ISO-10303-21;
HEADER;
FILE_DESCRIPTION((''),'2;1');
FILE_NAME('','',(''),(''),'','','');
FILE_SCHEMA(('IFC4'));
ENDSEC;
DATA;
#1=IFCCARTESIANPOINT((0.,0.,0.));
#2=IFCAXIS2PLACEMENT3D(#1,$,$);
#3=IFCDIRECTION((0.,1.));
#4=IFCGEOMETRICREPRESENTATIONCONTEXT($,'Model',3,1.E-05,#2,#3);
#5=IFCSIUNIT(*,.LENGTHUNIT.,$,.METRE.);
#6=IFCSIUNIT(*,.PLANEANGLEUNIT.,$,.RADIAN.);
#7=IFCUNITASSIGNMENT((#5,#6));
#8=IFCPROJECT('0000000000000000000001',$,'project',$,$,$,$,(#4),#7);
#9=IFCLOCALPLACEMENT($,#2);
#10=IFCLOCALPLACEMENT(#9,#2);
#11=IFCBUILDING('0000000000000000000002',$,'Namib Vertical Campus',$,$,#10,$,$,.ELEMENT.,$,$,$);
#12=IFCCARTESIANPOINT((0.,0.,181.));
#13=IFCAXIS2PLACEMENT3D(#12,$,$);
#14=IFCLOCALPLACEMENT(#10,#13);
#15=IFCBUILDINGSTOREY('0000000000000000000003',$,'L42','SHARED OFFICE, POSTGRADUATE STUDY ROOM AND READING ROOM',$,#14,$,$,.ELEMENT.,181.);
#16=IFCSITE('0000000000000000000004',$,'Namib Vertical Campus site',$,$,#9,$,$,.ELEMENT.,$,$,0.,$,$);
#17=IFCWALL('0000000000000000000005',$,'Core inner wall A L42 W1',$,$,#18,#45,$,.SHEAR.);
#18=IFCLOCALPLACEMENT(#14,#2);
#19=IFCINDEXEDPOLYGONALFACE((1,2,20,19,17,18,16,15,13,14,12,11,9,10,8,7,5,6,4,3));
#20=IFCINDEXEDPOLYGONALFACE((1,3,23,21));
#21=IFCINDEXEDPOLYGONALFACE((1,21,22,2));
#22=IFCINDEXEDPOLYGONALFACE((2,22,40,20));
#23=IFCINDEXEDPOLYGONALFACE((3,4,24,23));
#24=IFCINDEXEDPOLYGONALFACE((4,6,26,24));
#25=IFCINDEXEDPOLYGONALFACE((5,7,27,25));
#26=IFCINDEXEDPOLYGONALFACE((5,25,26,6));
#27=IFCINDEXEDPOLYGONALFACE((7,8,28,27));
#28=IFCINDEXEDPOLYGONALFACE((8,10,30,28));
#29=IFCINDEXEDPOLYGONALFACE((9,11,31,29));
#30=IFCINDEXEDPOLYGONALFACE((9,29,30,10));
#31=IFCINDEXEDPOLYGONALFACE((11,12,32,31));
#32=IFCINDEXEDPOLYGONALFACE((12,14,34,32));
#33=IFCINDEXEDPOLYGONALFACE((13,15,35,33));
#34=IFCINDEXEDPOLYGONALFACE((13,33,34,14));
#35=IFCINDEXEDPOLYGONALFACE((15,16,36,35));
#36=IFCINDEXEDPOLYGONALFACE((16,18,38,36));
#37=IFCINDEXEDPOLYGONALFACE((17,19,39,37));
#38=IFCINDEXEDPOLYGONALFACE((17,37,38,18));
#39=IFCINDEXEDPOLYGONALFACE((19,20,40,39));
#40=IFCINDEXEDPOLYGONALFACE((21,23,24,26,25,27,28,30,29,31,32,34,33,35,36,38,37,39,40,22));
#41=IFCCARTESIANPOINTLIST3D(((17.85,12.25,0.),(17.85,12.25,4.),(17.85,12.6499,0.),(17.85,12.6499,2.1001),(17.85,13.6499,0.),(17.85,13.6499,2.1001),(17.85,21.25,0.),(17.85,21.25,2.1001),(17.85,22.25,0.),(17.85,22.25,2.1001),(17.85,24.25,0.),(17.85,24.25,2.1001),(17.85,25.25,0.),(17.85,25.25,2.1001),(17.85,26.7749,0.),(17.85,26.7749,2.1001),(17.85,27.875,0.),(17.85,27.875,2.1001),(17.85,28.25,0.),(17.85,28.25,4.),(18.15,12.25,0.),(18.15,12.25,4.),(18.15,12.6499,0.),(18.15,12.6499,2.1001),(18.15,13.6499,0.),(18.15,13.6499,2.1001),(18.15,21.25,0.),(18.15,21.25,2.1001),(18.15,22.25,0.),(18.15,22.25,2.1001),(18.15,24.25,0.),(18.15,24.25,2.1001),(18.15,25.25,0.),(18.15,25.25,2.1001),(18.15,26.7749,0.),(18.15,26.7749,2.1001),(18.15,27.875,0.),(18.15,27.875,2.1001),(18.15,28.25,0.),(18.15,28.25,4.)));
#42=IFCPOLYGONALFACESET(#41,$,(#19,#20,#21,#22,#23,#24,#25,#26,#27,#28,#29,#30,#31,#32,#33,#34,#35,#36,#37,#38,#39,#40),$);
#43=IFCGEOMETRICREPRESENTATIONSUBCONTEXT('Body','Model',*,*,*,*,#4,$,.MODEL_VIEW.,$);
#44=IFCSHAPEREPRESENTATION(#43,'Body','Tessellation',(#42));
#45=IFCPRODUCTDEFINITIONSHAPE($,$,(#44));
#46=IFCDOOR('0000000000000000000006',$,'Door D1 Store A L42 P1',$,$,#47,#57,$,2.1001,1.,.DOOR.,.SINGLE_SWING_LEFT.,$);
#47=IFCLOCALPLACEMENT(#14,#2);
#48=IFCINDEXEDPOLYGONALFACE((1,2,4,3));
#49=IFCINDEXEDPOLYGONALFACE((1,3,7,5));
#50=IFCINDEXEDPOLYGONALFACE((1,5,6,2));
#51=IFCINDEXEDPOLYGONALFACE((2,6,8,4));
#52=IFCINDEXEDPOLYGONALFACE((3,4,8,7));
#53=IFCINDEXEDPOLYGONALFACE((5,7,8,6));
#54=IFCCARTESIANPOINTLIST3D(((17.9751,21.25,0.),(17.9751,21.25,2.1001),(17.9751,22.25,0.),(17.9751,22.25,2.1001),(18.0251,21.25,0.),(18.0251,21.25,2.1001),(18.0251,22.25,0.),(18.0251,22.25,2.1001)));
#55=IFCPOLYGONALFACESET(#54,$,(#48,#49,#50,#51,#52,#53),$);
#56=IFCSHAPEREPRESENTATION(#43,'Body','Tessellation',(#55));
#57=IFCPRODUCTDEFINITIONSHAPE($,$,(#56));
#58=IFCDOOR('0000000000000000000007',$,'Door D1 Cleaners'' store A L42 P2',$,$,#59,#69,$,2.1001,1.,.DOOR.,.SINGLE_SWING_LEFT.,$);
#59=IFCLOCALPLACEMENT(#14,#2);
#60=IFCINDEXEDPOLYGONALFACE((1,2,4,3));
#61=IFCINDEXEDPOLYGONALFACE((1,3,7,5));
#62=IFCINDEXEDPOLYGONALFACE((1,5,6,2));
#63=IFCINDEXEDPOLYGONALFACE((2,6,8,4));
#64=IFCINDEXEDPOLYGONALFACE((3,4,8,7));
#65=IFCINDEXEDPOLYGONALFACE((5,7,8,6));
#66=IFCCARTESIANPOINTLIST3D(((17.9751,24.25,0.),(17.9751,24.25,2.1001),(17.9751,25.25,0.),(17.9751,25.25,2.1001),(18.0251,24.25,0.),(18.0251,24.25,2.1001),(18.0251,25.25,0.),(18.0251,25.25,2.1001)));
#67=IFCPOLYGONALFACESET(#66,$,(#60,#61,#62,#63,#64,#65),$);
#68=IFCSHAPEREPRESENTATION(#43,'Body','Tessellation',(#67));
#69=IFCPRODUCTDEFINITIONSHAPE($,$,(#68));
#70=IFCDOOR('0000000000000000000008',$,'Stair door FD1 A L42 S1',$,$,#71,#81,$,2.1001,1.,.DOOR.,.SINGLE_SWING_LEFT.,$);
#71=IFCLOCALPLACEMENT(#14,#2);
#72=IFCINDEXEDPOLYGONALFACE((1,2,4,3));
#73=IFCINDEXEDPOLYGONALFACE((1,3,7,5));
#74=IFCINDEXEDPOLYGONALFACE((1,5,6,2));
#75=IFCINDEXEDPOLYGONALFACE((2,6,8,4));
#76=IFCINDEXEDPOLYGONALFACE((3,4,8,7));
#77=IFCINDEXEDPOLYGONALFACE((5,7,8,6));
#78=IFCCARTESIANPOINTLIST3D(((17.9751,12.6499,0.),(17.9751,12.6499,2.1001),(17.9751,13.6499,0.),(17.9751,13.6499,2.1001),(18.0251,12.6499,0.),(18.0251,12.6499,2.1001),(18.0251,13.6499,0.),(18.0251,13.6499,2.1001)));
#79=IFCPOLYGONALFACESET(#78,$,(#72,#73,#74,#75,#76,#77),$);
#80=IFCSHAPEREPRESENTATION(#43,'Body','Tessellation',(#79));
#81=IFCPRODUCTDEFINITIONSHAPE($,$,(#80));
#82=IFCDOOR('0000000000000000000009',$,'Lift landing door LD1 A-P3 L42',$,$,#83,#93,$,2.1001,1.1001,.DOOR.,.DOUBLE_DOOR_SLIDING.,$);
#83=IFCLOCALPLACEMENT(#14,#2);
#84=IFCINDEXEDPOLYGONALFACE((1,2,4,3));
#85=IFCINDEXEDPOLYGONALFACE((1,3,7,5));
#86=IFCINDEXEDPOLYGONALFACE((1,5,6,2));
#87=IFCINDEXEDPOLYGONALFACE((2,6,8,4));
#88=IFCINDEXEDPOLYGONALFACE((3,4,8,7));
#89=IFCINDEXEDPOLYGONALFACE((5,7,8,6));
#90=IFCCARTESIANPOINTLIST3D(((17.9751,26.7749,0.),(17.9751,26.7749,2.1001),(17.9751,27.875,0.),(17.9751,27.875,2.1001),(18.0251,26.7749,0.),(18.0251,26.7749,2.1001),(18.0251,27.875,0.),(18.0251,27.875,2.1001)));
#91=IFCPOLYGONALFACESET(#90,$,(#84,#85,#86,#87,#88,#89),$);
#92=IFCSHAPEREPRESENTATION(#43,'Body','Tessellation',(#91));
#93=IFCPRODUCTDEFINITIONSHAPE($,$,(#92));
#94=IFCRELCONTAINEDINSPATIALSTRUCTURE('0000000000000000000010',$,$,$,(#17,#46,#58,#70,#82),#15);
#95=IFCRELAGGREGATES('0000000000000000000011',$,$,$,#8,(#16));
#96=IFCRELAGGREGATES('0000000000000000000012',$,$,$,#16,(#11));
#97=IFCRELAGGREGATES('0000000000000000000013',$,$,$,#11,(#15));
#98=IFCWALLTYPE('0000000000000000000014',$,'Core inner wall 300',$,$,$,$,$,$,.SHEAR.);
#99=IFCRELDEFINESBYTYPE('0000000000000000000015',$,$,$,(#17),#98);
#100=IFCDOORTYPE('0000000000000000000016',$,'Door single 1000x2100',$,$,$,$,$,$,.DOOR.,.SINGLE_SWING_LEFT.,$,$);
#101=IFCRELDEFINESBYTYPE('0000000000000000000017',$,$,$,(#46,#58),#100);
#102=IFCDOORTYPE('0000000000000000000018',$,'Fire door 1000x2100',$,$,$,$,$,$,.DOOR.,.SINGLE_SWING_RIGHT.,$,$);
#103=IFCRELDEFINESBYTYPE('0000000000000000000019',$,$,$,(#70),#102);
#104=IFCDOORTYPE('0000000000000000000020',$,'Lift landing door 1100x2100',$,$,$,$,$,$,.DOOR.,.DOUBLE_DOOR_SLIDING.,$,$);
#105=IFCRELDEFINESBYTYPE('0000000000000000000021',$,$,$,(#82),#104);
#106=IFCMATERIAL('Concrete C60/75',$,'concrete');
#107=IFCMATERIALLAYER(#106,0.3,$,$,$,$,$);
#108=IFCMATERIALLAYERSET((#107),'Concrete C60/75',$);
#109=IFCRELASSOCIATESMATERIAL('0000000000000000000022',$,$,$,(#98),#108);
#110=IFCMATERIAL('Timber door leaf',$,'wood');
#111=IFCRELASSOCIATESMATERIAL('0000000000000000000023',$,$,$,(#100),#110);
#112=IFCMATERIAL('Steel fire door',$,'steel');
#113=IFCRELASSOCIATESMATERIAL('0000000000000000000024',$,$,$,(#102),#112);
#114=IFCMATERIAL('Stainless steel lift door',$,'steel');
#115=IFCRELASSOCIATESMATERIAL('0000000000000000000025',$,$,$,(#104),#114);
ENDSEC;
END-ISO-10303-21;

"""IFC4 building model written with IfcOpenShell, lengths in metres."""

from ifc_helpers import new_model, si_unit, direction, frame, frame_2d, origin, place, context, subcontext, project, spatial, rectangle, extrude, material, layer, layer_set, type_object, element, fill, save


model = new_model("IFC4")

# Units and contexts
model_context = context("Model", 3, precision=1e-05, world=origin(), true_north=direction((0.0, 1.0)))
body_context = subcontext(model_context, "Body", "Model", "MODEL_VIEW")
ifc_project = project(units=[si_unit("LENGTHUNIT", "METRE"), si_unit("PLANEANGLEUNIT", "RADIAN")], contexts=[model_context])

# Site, building, storey
site_placement = place(None, origin())
site = spatial("IfcSite", under=ifc_project, at=site_placement, Name="Namib Vertical Campus site", CompositionType="ELEMENT", RefElevation=0.0)
building_placement = place(site_placement, origin())
building = spatial("IfcBuilding", under=site, at=building_placement, Name="Namib Vertical Campus", CompositionType="ELEMENT")
storey_placement = place(building_placement, frame((0.0, 0.0, 181.0)))
storey = spatial("IfcBuildingStorey", under=building, at=storey_placement, Name="L42", Description="SHARED OFFICE, POSTGRADUATE STUDY ROOM AND READING ROOM", CompositionType="ELEMENT", Elevation=181.0)

# Wall, openings, doors
ifc_material_1 = material(Name="Concrete C60/75", Category="concrete")
ifc_layer_1 = layer(ifc_material_1, 0.3)
ifc_layer_set_1 = layer_set([ifc_layer_1], Name="Concrete C60/75")
wall_type_1 = type_object("IfcWallType", Name="Core inner wall 300", PredefinedType="SHEAR", material=ifc_layer_set_1)
wall_1_placement = place(storey_placement, frame((18.0, 12.25, 0.0), z_axis=(0.0, 0.0, 1.0), x_axis=(0.0, 1.0, 0.0)))
wall_1 = element("IfcWall", 1, at=wall_1_placement, inside=storey, type_object=wall_type_1, Name="Core inner wall A L42 W1", PredefinedType="SHEAR", context=body_context, shape_type="SweptSolid", body=[
    extrude(rectangle(XDim=16.0, YDim=0.3, at=frame_2d((8.0, 0.0))), origin(), (0.0, 0.0, 1.0), 4.0),
])
opening_1_placement = place(wall_1_placement, frame((0.3999, 0.0, 0.0)))
opening_1 = element("IfcOpeningElement", 2, at=opening_1_placement, cuts=wall_1, PredefinedType="OPENING", context=body_context, shape_type="SweptSolid", body=[
    extrude(rectangle(XDim=1.0, YDim=2.1001, at=frame_2d((0.5, 1.05))), frame((0.0, 0.1599, 0.0), z_axis=(0.0, -1.0, 0.0), x_axis=(1.0, 0.0, 0.0)), (0.0, 0.0, 1.0), 0.3201),
])
opening_2_placement = place(wall_1_placement, frame((14.5249, 0.0, 0.0)))
opening_2 = element("IfcOpeningElement", 3, at=opening_2_placement, cuts=wall_1, PredefinedType="OPENING", context=body_context, shape_type="SweptSolid", body=[
    extrude(rectangle(XDim=1.1001, YDim=2.1001, at=frame_2d((0.55, 1.05))), frame((0.0, 0.1599, 0.0), z_axis=(0.0, -1.0, 0.0), x_axis=(1.0, 0.0, 0.0)), (0.0, 0.0, 1.0), 0.3201),
])
opening_3_placement = place(wall_1_placement, frame((9.0, 0.0, 0.0)))
opening_3 = element("IfcOpeningElement", 4, at=opening_3_placement, cuts=wall_1, PredefinedType="OPENING", context=body_context, shape_type="SweptSolid", body=[
    extrude(rectangle(XDim=1.0, YDim=2.1001, at=frame_2d((0.5, 1.05))), frame((0.0, 0.1599, 0.0), z_axis=(0.0, -1.0, 0.0), x_axis=(1.0, 0.0, 0.0)), (0.0, 0.0, 1.0), 0.3201),
])
opening_4_placement = place(wall_1_placement, frame((12.0, 0.0, 0.0)))
opening_4 = element("IfcOpeningElement", 5, at=opening_4_placement, cuts=wall_1, PredefinedType="OPENING", context=body_context, shape_type="SweptSolid", body=[
    extrude(rectangle(XDim=1.0, YDim=2.1001, at=frame_2d((0.5, 1.05))), frame((0.0, 0.1599, 0.0), z_axis=(0.0, -1.0, 0.0), x_axis=(1.0, 0.0, 0.0)), (0.0, 0.0, 1.0), 0.3201),
])
ifc_material_2 = material(Name="Timber door leaf", Category="wood")
door_type_1 = type_object("IfcDoorType", Name="Door single 1000x2100", OperationType="SINGLE_SWING_LEFT", PredefinedType="DOOR", material=ifc_material_2)
door_1_placement = place(opening_3_placement, origin())
door_1 = element("IfcDoor", 6, at=door_1_placement, inside=storey, type_object=door_type_1, Name="Door D1 Store A L42 P1", OperationType="SINGLE_SWING_LEFT", OverallHeight=2.1001, OverallWidth=1.0, PredefinedType="DOOR", context=body_context, shape_type="SweptSolid", body=[
    extrude(rectangle(XDim=1.0, YDim=2.1001, at=frame_2d((0.5, 1.05))), frame((0.0, 0.0249, 0.0), z_axis=(0.0, -1.0, 0.0), x_axis=(1.0, 0.0, 0.0)), (0.0, 0.0, 1.0), 0.05),
])
fill(opening_3, door_1)
door_2_placement = place(opening_4_placement, origin())
door_2 = element("IfcDoor", 7, at=door_2_placement, inside=storey, type_object=door_type_1, Name="Door D1 Cleaners' store A L42 P2", OperationType="SINGLE_SWING_LEFT", OverallHeight=2.1001, OverallWidth=1.0, PredefinedType="DOOR", context=body_context, shape_type="SweptSolid", body=[
    extrude(rectangle(XDim=1.0, YDim=2.1001, at=frame_2d((0.5, 1.05))), frame((0.0, 0.0249, 0.0), z_axis=(0.0, -1.0, 0.0), x_axis=(1.0, 0.0, 0.0)), (0.0, 0.0, 1.0), 0.05),
])
fill(opening_4, door_2)
ifc_material_3 = material(Name="Steel fire door", Category="steel")
door_type_2 = type_object("IfcDoorType", Name="Fire door 1000x2100", OperationType="SINGLE_SWING_RIGHT", PredefinedType="DOOR", material=ifc_material_3)
door_3_placement = place(opening_1_placement, origin())
door_3 = element("IfcDoor", 8, at=door_3_placement, inside=storey, type_object=door_type_2, Name="Stair door FD1 A L42 S1", OperationType="SINGLE_SWING_LEFT", OverallHeight=2.1001, OverallWidth=1.0, PredefinedType="DOOR", context=body_context, shape_type="SweptSolid", body=[
    extrude(rectangle(XDim=1.0, YDim=2.1001, at=frame_2d((0.5, 1.05))), frame((0.0, 0.0249, 0.0), z_axis=(0.0, -1.0, 0.0), x_axis=(1.0, 0.0, 0.0)), (0.0, 0.0, 1.0), 0.05),
])
fill(opening_1, door_3)
ifc_material_4 = material(Name="Stainless steel lift door", Category="steel")
door_type_3 = type_object("IfcDoorType", Name="Lift landing door 1100x2100", OperationType="DOUBLE_DOOR_SLIDING", PredefinedType="DOOR", material=ifc_material_4)
door_4_placement = place(opening_2_placement, origin())
door_4 = element("IfcDoor", 9, at=door_4_placement, inside=storey, type_object=door_type_3, Name="Lift landing door LD1 A-P3 L42", OperationType="DOUBLE_DOOR_SLIDING", OverallHeight=2.1001, OverallWidth=1.1001, PredefinedType="DOOR", context=body_context, shape_type="SweptSolid", body=[
    extrude(rectangle(XDim=1.1001, YDim=2.1001, at=frame_2d((0.55, 1.05))), frame((0.0, 0.0249, 0.0), z_axis=(0.0, -1.0, 0.0), x_axis=(1.0, 0.0, 0.0)), (0.0, 0.0, 1.0), 0.05),
])
fill(opening_2, door_4)

save(model, "model.ifc")
